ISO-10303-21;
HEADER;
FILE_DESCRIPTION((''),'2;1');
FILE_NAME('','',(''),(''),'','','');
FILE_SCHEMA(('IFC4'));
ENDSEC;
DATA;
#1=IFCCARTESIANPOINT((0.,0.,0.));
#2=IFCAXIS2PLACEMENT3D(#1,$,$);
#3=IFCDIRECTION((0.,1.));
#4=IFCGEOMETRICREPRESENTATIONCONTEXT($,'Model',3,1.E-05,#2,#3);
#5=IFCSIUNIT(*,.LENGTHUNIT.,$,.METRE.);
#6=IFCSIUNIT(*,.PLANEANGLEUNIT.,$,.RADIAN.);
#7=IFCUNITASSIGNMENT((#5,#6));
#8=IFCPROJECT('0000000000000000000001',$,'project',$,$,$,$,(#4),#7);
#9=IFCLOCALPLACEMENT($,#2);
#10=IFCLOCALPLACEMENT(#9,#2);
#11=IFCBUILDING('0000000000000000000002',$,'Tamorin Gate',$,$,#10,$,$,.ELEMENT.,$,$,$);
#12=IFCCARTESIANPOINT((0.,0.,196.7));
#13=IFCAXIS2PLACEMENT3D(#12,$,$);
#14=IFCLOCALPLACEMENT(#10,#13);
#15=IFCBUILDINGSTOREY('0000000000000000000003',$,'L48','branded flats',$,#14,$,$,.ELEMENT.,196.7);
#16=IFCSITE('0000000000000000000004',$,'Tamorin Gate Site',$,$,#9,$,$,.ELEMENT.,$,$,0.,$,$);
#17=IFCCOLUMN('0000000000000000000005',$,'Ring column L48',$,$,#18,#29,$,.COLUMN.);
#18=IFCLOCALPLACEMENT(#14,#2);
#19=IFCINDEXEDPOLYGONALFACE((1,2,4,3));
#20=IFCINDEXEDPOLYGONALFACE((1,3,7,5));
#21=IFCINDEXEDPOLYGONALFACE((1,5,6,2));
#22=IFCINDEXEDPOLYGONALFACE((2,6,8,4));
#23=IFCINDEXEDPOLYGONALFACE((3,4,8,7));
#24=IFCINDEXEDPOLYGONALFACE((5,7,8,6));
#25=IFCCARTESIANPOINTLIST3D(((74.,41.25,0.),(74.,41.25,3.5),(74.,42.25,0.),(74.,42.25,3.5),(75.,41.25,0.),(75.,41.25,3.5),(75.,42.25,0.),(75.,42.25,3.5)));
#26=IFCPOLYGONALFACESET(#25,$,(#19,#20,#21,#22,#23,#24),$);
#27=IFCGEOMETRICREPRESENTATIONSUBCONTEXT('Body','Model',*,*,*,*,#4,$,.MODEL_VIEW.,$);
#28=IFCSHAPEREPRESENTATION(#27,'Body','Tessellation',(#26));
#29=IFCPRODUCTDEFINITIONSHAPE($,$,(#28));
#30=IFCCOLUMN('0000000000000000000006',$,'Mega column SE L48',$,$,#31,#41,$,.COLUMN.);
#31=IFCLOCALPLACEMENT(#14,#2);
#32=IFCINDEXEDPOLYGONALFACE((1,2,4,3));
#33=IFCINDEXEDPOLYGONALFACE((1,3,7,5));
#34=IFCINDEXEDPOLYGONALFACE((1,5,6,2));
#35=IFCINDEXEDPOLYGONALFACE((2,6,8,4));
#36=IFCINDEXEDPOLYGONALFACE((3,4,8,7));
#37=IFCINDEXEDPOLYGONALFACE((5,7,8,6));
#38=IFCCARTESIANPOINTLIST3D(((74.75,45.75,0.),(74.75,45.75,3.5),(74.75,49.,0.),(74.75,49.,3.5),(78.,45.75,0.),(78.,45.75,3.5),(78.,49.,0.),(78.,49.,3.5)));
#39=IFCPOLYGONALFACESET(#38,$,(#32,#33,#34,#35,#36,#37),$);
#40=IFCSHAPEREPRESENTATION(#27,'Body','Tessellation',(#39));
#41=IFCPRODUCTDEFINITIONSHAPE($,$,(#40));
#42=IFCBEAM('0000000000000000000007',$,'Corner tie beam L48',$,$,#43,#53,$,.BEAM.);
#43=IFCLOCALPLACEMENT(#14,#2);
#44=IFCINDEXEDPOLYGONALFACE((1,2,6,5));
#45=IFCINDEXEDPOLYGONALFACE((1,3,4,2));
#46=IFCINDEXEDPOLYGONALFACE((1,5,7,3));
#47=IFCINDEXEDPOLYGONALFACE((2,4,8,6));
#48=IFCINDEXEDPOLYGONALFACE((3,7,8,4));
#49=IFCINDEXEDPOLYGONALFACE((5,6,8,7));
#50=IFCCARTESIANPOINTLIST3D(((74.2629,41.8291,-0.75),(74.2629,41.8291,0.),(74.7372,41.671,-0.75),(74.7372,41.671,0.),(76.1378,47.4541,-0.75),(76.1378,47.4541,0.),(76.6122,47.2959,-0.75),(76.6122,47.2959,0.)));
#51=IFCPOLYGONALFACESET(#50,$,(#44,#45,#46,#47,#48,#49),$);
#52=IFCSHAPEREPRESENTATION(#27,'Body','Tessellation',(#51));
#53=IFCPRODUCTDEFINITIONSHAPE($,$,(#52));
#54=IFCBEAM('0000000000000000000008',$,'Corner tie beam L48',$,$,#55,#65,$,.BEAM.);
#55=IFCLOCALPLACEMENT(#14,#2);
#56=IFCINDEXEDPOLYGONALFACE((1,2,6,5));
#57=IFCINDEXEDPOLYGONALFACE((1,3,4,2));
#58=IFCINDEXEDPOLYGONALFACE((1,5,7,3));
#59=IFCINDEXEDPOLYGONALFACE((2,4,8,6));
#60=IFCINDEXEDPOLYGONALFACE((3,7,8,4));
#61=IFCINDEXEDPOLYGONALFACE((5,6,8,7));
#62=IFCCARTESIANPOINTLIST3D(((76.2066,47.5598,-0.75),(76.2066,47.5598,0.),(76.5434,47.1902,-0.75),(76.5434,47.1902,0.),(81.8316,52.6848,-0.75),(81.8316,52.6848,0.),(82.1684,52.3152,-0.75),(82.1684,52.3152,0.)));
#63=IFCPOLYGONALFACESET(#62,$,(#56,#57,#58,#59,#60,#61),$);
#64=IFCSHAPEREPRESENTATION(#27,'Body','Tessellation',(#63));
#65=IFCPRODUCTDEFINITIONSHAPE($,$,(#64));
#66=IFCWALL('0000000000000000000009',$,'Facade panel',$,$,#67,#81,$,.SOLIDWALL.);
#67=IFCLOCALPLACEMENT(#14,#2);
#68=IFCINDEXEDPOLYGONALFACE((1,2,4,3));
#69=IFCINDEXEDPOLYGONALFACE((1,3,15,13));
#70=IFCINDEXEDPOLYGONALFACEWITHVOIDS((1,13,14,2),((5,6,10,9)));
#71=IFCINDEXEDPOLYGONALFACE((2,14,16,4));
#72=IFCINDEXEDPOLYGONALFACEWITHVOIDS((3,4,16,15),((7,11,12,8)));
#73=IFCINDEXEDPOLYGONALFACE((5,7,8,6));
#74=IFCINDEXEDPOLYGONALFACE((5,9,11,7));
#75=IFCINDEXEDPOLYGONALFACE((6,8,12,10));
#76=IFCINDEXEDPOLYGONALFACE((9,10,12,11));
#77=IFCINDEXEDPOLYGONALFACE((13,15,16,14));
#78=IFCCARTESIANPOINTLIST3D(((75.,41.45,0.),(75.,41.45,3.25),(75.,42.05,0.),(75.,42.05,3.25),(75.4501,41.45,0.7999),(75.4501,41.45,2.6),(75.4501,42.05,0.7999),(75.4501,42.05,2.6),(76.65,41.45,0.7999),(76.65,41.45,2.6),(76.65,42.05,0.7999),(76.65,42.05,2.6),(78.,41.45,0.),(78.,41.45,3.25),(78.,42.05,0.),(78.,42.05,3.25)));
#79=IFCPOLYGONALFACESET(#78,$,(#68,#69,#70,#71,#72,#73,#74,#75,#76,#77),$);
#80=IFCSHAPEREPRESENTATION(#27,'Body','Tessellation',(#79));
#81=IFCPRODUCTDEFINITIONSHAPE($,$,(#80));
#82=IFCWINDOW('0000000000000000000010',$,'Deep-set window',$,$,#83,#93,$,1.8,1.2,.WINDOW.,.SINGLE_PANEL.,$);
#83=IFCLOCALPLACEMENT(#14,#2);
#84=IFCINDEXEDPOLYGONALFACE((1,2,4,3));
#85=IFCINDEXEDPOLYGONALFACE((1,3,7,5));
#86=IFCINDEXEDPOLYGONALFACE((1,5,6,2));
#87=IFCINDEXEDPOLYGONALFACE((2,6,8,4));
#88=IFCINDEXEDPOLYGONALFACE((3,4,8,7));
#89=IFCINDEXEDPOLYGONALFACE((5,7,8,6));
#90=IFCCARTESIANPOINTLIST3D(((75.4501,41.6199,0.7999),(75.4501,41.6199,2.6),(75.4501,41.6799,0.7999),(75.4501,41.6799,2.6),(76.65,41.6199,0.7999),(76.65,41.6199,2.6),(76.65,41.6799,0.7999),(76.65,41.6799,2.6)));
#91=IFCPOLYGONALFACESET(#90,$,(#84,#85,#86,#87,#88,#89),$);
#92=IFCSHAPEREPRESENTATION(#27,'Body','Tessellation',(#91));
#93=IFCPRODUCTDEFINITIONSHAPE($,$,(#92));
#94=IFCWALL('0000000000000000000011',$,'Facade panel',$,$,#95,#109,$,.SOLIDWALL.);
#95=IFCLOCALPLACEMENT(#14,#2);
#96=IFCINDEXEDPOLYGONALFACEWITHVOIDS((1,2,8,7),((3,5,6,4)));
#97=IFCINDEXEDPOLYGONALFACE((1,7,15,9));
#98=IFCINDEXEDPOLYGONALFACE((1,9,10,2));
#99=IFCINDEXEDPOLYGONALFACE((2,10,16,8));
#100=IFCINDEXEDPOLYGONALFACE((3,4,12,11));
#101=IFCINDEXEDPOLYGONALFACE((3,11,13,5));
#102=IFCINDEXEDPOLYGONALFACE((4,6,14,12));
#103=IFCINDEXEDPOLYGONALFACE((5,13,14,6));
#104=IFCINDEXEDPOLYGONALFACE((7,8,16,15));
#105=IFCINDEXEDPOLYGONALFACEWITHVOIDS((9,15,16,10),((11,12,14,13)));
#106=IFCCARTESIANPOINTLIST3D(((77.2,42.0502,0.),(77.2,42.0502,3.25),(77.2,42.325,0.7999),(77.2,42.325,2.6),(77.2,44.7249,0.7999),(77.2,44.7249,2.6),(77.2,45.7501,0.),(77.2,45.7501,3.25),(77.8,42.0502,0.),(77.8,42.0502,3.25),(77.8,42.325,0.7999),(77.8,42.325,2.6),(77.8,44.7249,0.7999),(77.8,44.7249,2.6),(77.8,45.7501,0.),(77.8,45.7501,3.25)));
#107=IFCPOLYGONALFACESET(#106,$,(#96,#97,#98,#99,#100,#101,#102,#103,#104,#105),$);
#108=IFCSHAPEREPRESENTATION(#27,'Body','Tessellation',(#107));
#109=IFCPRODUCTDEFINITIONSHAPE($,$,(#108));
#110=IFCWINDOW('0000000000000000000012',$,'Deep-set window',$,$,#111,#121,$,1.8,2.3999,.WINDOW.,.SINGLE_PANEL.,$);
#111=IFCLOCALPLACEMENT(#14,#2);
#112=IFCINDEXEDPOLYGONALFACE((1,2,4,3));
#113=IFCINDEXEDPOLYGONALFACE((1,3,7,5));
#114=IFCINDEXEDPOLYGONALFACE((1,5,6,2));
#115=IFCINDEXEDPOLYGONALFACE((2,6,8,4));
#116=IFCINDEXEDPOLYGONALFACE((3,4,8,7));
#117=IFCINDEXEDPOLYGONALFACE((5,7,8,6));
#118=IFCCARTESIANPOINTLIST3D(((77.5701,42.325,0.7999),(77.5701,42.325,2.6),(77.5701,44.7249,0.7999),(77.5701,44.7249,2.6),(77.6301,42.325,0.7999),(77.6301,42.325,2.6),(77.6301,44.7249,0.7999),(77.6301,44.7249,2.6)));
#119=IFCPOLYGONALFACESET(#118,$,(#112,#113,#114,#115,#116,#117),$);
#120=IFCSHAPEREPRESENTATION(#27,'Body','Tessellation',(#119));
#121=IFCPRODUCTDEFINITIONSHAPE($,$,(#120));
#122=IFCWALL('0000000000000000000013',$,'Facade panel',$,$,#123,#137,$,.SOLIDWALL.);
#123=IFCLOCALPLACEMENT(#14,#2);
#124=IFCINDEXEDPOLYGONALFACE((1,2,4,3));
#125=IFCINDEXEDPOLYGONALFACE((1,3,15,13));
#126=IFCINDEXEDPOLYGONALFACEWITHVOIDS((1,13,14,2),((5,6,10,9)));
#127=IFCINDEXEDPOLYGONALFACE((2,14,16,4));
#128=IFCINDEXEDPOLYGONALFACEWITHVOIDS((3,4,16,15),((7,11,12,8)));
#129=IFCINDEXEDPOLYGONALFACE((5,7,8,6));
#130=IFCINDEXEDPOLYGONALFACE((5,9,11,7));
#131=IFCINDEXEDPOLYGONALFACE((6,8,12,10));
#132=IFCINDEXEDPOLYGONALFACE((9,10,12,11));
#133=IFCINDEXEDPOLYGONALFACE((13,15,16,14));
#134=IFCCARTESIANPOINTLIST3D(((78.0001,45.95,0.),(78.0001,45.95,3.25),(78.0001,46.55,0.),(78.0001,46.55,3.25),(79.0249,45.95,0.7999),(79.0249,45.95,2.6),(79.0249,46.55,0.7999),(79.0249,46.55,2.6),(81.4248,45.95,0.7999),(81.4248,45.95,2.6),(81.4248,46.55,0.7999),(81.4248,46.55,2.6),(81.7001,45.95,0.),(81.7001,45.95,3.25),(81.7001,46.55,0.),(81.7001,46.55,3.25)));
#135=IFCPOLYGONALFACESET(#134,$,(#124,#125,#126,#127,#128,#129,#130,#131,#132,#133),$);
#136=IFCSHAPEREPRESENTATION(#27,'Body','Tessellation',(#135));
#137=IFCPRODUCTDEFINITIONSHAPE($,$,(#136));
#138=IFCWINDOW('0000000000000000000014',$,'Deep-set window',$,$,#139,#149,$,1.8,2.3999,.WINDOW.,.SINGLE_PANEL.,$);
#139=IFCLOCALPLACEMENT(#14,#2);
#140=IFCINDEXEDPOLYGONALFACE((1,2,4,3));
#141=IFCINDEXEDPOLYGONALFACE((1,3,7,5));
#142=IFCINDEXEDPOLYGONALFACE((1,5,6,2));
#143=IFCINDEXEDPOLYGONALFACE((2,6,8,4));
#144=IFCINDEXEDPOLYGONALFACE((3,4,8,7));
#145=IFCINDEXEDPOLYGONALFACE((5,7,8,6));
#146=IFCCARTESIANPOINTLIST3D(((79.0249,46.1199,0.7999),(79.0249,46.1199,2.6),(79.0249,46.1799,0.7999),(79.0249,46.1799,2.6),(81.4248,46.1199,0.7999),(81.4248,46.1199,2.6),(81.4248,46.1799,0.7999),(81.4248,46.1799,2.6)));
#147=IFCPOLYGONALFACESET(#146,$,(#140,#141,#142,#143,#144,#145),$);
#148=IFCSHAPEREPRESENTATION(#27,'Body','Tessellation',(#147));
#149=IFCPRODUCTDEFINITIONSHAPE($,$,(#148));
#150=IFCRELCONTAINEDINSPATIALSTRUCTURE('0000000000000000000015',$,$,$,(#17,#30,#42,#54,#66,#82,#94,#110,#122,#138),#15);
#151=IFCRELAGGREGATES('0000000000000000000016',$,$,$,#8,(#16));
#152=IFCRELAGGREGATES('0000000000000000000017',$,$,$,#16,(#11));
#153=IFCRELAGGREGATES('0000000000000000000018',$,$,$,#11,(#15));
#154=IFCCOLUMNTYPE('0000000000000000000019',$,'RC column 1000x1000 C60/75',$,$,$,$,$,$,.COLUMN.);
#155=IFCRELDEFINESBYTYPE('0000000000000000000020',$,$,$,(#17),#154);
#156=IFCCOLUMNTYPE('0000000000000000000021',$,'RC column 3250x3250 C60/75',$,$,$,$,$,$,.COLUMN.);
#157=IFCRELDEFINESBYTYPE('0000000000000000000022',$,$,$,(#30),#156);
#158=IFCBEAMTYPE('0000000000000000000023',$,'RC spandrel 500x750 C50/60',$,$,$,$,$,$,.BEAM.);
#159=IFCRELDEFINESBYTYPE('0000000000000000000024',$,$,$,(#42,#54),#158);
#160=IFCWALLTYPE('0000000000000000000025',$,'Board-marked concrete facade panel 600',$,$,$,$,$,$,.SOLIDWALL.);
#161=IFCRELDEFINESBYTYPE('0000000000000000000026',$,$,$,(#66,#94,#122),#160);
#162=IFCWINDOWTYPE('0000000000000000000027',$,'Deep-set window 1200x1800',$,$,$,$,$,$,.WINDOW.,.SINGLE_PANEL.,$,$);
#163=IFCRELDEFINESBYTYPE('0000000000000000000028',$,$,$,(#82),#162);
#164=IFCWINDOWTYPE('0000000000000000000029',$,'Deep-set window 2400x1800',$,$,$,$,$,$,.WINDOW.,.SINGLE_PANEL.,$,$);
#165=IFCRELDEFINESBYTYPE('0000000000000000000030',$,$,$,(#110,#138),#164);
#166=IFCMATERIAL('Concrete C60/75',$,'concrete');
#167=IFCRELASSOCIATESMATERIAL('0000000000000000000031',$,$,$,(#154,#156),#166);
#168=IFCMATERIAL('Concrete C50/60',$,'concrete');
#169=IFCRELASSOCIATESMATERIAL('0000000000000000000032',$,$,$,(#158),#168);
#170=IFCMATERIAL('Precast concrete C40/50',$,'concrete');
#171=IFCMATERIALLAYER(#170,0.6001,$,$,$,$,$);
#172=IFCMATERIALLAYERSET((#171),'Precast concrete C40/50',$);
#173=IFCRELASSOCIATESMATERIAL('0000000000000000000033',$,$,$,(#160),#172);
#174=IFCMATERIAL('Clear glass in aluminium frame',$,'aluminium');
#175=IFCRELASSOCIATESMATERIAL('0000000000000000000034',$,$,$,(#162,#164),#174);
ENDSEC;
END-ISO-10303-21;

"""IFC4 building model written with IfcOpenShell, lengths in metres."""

from ifc_helpers import new_model, si_unit, direction, frame, frame_2d, origin, origin_2d, place, context, subcontext, project, spatial, rectangle, extrude, material, layer, layer_set, material_profile, profile_set, type_object, element, fill, save


model = new_model("IFC4")

# Units and contexts
model_context = context("Model", 3, precision=1e-05, world=origin(), true_north=direction((0.0, 1.0)))
body_context = subcontext(model_context, "Body", "Model", "MODEL_VIEW")
ifc_project = project(units=[si_unit("LENGTHUNIT", "METRE"), si_unit("PLANEANGLEUNIT", "RADIAN")], contexts=[model_context])

# Site, building, storey
site_placement = place(None, origin())
site = spatial("IfcSite", under=ifc_project, at=site_placement, Name="Tamorin Gate Site", CompositionType="ELEMENT", RefElevation=0.0)
building_placement = place(site_placement, origin())
building = spatial("IfcBuilding", under=site, at=building_placement, Name="Tamorin Gate", CompositionType="ELEMENT")
storey_placement = place(building_placement, frame((0.0, 0.0, 196.7)))
storey = spatial("IfcBuildingStorey", under=building, at=storey_placement, Name="L48", Description="branded flats", CompositionType="ELEMENT", Elevation=196.7)

# Columns
ifc_material_1 = material(Name="Concrete C60/75", Category="concrete")
ifc_material_profile_1 = material_profile(ifc_material_1, rectangle(XDim=1.0, YDim=1.0, at=origin_2d()), Name="RC 1000x1000")
ifc_profile_set_1 = profile_set([ifc_material_profile_1], Name="Concrete C60/75")
column_type_1 = type_object("IfcColumnType", Name="RC column 1000x1000 C60/75", PredefinedType="COLUMN", material=ifc_profile_set_1)
column_1_placement = place(storey_placement, frame((74.5, 41.75, 0.0), z_axis=(0.0, 0.0, 1.0), x_axis=(1.0, 0.0, 0.0)))
element("IfcColumn", 1, at=column_1_placement, inside=storey, type_object=column_type_1, Name="Ring column L48", PredefinedType="COLUMN", context=body_context, shape_type="SweptSolid", body=[
    extrude(rectangle(XDim=1.0, YDim=1.0, at=origin_2d()), origin(), (0.0, 0.0, 1.0), 3.5),
])
ifc_material_profile_2 = material_profile(ifc_material_1, rectangle(XDim=3.25, YDim=3.25, at=origin_2d()), Name="RC 3250x3250")
ifc_profile_set_2 = profile_set([ifc_material_profile_2], Name="Concrete C60/75")
column_type_2 = type_object("IfcColumnType", Name="RC column 3250x3250 C60/75", PredefinedType="COLUMN", material=ifc_profile_set_2)
column_2_placement = place(storey_placement, frame((76.375, 47.375, 0.0), z_axis=(0.0, 0.0, 1.0), x_axis=(1.0, 0.0, 0.0)))
element("IfcColumn", 2, at=column_2_placement, inside=storey, type_object=column_type_2, Name="Mega column SE L48", PredefinedType="COLUMN", context=body_context, shape_type="SweptSolid", body=[
    extrude(rectangle(XDim=3.25, YDim=3.25, at=origin_2d()), origin(), (0.0, 0.0, 1.0), 3.5),
])

# Beams
ifc_material_2 = material(Name="Concrete C50/60", Category="concrete")
ifc_material_profile_3 = material_profile(ifc_material_2, rectangle(XDim=0.5, YDim=0.75, at=origin_2d()), Name="RC 500x750")
ifc_profile_set_3 = profile_set([ifc_material_profile_3], Name="Concrete C50/60")
beam_type = type_object("IfcBeamType", Name="RC spandrel 500x750 C50/60", PredefinedType="BEAM", material=ifc_profile_set_3)
beam_1_placement = place(storey_placement, frame((76.375, 47.375, -0.375), z_axis=(-0.316228, -0.948683, 0.0), x_axis=(0.948683, -0.316228, 0.0)))
element("IfcBeam", 3, at=beam_1_placement, inside=storey, type_object=beam_type, Name="Corner tie beam L48", PredefinedType="BEAM", context=body_context, shape_type="SweptSolid", body=[
    extrude(rectangle(XDim=0.5, YDim=0.75, at=origin_2d()), origin(), (0.0, 0.0, 1.0), 5.9292),
])
beam_2_placement = place(storey_placement, frame((76.375, 47.375, -0.375), z_axis=(0.739196, 0.67349, 0.0), x_axis=(-0.67349, 0.739196, 0.0)))
element("IfcBeam", 4, at=beam_2_placement, inside=storey, type_object=beam_type, Name="Corner tie beam L48", PredefinedType="BEAM", context=body_context, shape_type="SweptSolid", body=[
    extrude(rectangle(XDim=0.5, YDim=0.75, at=origin_2d()), origin(), (0.0, 0.0, 1.0), 7.6096),
])

# Walls, openings, windows
ifc_material_3 = material(Name="Precast concrete C40/50", Category="concrete")
ifc_layer = layer(ifc_material_3, 0.6001)
ifc_layer_set = layer_set([ifc_layer], Name="Precast concrete C40/50")
wall_type = type_object("IfcWallType", Name="Board-marked concrete facade panel 600", PredefinedType="SOLIDWALL", material=ifc_layer_set)
wall_1_placement = place(storey_placement, frame((75.0, 41.75, 0.0), z_axis=(0.0, 0.0, 1.0), x_axis=(1.0, 0.0, 0.0)))
wall_1 = element("IfcWall", 5, at=wall_1_placement, inside=storey, type_object=wall_type, Name="Facade panel", PredefinedType="SOLIDWALL", context=body_context, shape_type="SweptSolid", body=[
    extrude(rectangle(XDim=3.0, YDim=0.6001, at=frame_2d((1.5, 0.0))), origin(), (0.0, 0.0, 1.0), 3.25),
])
opening_1_placement = place(wall_1_placement, frame((0.45, 0.0, 0.8)))
opening_1 = element("IfcOpeningElement", 6, at=opening_1_placement, cuts=wall_1, PredefinedType="OPENING", context=body_context, shape_type="SweptSolid", body=[
    extrude(rectangle(XDim=1.2, YDim=1.8, at=frame_2d((0.6001, 0.8999))), frame((0.0, 0.3101, 0.0), z_axis=(0.0, -1.0, 0.0), x_axis=(1.0, 0.0, 0.0)), (0.0, 0.0, 1.0), 0.6201),
])
ifc_material_4 = material(Name="Clear glass in aluminium frame", Category="aluminium")
window_type_1 = type_object("IfcWindowType", Name="Deep-set window 1200x1800", PartitioningType="SINGLE_PANEL", PredefinedType="WINDOW", material=ifc_material_4)
window_1_placement = place(opening_1_placement, origin())
window_1 = element("IfcWindow", 7, at=window_1_placement, inside=storey, type_object=window_type_1, Name="Deep-set window", OverallHeight=1.8, OverallWidth=1.2, PartitioningType="SINGLE_PANEL", PredefinedType="WINDOW", context=body_context, shape_type="SweptSolid", body=[
    extrude(rectangle(XDim=1.2, YDim=1.8, at=frame_2d((0.6001, 0.8999))), frame((0.0, -0.0701, 0.0), z_axis=(0.0, -1.0, 0.0), x_axis=(1.0, 0.0, 0.0)), (0.0, 0.0, 1.0), 0.0601),
])
fill(opening_1, window_1)
wall_2_placement = place(storey_placement, frame((77.5, 42.05, 0.0), z_axis=(0.0, 0.0, 1.0), x_axis=(0.0, 1.0, 0.0)))
wall_2 = element("IfcWall", 8, at=wall_2_placement, inside=storey, type_object=wall_type, Name="Facade panel", PredefinedType="SOLIDWALL", context=body_context, shape_type="SweptSolid", body=[
    extrude(rectangle(XDim=3.7, YDim=0.6001, at=frame_2d((1.8501, 0.0))), origin(), (0.0, 0.0, 1.0), 3.25),
])
opening_2_placement = place(wall_2_placement, frame((0.2749, 0.0, 0.8)))
opening_2 = element("IfcOpeningElement", 9, at=opening_2_placement, cuts=wall_2, PredefinedType="OPENING", context=body_context, shape_type="SweptSolid", body=[
    extrude(rectangle(XDim=2.3999, YDim=1.8, at=frame_2d((1.2, 0.8999))), frame((0.0, 0.3101, 0.0), z_axis=(0.0, -1.0, 0.0), x_axis=(1.0, 0.0, 0.0)), (0.0, 0.0, 1.0), 0.6201),
])
window_type_2 = type_object("IfcWindowType", Name="Deep-set window 2400x1800", PartitioningType="SINGLE_PANEL", PredefinedType="WINDOW", material=ifc_material_4)
window_2_placement = place(opening_2_placement, origin())
window_2 = element("IfcWindow", 10, at=window_2_placement, inside=storey, type_object=window_type_2, Name="Deep-set window", OverallHeight=1.8, OverallWidth=2.3999, PartitioningType="SINGLE_PANEL", PredefinedType="WINDOW", context=body_context, shape_type="SweptSolid", body=[
    extrude(rectangle(XDim=2.3999, YDim=1.8, at=frame_2d((1.2, 0.8999))), frame((0.0, -0.0701, 0.0), z_axis=(0.0, -1.0, 0.0), x_axis=(1.0, 0.0, 0.0)), (0.0, 0.0, 1.0), 0.0601),
])
fill(opening_2, window_2)
wall_3_placement = place(storey_placement, frame((78.0, 46.25, 0.0), z_axis=(0.0, 0.0, 1.0), x_axis=(1.0, 0.0, 0.0)))
wall_3 = element("IfcWall", 11, at=wall_3_placement, inside=storey, type_object=wall_type, Name="Facade panel", PredefinedType="SOLIDWALL", context=body_context, shape_type="SweptSolid", body=[
    extrude(rectangle(XDim=3.7, YDim=0.6001, at=frame_2d((1.8501, 0.0))), origin(), (0.0, 0.0, 1.0), 3.25),
])
opening_3_placement = place(wall_3_placement, frame((1.0249, 0.0, 0.8)))
opening_3 = element("IfcOpeningElement", 12, at=opening_3_placement, cuts=wall_3, PredefinedType="OPENING", context=body_context, shape_type="SweptSolid", body=[
    extrude(rectangle(XDim=2.3999, YDim=1.8, at=frame_2d((1.2, 0.8999))), frame((0.0, 0.3101, 0.0), z_axis=(0.0, -1.0, 0.0), x_axis=(1.0, 0.0, 0.0)), (0.0, 0.0, 1.0), 0.6201),
])
window_3_placement = place(opening_3_placement, origin())
window_3 = element("IfcWindow", 13, at=window_3_placement, inside=storey, type_object=window_type_2, Name="Deep-set window", OverallHeight=1.8, OverallWidth=2.3999, PartitioningType="SINGLE_PANEL", PredefinedType="WINDOW", context=body_context, shape_type="SweptSolid", body=[
    extrude(rectangle(XDim=2.3999, YDim=1.8, at=frame_2d((1.2, 0.8999))), frame((0.0, -0.0701, 0.0), z_axis=(0.0, -1.0, 0.0), x_axis=(1.0, 0.0, 0.0)), (0.0, 0.0, 1.0), 0.0601),
])
fill(opening_3, window_3)

save(model, "model.ifc")
